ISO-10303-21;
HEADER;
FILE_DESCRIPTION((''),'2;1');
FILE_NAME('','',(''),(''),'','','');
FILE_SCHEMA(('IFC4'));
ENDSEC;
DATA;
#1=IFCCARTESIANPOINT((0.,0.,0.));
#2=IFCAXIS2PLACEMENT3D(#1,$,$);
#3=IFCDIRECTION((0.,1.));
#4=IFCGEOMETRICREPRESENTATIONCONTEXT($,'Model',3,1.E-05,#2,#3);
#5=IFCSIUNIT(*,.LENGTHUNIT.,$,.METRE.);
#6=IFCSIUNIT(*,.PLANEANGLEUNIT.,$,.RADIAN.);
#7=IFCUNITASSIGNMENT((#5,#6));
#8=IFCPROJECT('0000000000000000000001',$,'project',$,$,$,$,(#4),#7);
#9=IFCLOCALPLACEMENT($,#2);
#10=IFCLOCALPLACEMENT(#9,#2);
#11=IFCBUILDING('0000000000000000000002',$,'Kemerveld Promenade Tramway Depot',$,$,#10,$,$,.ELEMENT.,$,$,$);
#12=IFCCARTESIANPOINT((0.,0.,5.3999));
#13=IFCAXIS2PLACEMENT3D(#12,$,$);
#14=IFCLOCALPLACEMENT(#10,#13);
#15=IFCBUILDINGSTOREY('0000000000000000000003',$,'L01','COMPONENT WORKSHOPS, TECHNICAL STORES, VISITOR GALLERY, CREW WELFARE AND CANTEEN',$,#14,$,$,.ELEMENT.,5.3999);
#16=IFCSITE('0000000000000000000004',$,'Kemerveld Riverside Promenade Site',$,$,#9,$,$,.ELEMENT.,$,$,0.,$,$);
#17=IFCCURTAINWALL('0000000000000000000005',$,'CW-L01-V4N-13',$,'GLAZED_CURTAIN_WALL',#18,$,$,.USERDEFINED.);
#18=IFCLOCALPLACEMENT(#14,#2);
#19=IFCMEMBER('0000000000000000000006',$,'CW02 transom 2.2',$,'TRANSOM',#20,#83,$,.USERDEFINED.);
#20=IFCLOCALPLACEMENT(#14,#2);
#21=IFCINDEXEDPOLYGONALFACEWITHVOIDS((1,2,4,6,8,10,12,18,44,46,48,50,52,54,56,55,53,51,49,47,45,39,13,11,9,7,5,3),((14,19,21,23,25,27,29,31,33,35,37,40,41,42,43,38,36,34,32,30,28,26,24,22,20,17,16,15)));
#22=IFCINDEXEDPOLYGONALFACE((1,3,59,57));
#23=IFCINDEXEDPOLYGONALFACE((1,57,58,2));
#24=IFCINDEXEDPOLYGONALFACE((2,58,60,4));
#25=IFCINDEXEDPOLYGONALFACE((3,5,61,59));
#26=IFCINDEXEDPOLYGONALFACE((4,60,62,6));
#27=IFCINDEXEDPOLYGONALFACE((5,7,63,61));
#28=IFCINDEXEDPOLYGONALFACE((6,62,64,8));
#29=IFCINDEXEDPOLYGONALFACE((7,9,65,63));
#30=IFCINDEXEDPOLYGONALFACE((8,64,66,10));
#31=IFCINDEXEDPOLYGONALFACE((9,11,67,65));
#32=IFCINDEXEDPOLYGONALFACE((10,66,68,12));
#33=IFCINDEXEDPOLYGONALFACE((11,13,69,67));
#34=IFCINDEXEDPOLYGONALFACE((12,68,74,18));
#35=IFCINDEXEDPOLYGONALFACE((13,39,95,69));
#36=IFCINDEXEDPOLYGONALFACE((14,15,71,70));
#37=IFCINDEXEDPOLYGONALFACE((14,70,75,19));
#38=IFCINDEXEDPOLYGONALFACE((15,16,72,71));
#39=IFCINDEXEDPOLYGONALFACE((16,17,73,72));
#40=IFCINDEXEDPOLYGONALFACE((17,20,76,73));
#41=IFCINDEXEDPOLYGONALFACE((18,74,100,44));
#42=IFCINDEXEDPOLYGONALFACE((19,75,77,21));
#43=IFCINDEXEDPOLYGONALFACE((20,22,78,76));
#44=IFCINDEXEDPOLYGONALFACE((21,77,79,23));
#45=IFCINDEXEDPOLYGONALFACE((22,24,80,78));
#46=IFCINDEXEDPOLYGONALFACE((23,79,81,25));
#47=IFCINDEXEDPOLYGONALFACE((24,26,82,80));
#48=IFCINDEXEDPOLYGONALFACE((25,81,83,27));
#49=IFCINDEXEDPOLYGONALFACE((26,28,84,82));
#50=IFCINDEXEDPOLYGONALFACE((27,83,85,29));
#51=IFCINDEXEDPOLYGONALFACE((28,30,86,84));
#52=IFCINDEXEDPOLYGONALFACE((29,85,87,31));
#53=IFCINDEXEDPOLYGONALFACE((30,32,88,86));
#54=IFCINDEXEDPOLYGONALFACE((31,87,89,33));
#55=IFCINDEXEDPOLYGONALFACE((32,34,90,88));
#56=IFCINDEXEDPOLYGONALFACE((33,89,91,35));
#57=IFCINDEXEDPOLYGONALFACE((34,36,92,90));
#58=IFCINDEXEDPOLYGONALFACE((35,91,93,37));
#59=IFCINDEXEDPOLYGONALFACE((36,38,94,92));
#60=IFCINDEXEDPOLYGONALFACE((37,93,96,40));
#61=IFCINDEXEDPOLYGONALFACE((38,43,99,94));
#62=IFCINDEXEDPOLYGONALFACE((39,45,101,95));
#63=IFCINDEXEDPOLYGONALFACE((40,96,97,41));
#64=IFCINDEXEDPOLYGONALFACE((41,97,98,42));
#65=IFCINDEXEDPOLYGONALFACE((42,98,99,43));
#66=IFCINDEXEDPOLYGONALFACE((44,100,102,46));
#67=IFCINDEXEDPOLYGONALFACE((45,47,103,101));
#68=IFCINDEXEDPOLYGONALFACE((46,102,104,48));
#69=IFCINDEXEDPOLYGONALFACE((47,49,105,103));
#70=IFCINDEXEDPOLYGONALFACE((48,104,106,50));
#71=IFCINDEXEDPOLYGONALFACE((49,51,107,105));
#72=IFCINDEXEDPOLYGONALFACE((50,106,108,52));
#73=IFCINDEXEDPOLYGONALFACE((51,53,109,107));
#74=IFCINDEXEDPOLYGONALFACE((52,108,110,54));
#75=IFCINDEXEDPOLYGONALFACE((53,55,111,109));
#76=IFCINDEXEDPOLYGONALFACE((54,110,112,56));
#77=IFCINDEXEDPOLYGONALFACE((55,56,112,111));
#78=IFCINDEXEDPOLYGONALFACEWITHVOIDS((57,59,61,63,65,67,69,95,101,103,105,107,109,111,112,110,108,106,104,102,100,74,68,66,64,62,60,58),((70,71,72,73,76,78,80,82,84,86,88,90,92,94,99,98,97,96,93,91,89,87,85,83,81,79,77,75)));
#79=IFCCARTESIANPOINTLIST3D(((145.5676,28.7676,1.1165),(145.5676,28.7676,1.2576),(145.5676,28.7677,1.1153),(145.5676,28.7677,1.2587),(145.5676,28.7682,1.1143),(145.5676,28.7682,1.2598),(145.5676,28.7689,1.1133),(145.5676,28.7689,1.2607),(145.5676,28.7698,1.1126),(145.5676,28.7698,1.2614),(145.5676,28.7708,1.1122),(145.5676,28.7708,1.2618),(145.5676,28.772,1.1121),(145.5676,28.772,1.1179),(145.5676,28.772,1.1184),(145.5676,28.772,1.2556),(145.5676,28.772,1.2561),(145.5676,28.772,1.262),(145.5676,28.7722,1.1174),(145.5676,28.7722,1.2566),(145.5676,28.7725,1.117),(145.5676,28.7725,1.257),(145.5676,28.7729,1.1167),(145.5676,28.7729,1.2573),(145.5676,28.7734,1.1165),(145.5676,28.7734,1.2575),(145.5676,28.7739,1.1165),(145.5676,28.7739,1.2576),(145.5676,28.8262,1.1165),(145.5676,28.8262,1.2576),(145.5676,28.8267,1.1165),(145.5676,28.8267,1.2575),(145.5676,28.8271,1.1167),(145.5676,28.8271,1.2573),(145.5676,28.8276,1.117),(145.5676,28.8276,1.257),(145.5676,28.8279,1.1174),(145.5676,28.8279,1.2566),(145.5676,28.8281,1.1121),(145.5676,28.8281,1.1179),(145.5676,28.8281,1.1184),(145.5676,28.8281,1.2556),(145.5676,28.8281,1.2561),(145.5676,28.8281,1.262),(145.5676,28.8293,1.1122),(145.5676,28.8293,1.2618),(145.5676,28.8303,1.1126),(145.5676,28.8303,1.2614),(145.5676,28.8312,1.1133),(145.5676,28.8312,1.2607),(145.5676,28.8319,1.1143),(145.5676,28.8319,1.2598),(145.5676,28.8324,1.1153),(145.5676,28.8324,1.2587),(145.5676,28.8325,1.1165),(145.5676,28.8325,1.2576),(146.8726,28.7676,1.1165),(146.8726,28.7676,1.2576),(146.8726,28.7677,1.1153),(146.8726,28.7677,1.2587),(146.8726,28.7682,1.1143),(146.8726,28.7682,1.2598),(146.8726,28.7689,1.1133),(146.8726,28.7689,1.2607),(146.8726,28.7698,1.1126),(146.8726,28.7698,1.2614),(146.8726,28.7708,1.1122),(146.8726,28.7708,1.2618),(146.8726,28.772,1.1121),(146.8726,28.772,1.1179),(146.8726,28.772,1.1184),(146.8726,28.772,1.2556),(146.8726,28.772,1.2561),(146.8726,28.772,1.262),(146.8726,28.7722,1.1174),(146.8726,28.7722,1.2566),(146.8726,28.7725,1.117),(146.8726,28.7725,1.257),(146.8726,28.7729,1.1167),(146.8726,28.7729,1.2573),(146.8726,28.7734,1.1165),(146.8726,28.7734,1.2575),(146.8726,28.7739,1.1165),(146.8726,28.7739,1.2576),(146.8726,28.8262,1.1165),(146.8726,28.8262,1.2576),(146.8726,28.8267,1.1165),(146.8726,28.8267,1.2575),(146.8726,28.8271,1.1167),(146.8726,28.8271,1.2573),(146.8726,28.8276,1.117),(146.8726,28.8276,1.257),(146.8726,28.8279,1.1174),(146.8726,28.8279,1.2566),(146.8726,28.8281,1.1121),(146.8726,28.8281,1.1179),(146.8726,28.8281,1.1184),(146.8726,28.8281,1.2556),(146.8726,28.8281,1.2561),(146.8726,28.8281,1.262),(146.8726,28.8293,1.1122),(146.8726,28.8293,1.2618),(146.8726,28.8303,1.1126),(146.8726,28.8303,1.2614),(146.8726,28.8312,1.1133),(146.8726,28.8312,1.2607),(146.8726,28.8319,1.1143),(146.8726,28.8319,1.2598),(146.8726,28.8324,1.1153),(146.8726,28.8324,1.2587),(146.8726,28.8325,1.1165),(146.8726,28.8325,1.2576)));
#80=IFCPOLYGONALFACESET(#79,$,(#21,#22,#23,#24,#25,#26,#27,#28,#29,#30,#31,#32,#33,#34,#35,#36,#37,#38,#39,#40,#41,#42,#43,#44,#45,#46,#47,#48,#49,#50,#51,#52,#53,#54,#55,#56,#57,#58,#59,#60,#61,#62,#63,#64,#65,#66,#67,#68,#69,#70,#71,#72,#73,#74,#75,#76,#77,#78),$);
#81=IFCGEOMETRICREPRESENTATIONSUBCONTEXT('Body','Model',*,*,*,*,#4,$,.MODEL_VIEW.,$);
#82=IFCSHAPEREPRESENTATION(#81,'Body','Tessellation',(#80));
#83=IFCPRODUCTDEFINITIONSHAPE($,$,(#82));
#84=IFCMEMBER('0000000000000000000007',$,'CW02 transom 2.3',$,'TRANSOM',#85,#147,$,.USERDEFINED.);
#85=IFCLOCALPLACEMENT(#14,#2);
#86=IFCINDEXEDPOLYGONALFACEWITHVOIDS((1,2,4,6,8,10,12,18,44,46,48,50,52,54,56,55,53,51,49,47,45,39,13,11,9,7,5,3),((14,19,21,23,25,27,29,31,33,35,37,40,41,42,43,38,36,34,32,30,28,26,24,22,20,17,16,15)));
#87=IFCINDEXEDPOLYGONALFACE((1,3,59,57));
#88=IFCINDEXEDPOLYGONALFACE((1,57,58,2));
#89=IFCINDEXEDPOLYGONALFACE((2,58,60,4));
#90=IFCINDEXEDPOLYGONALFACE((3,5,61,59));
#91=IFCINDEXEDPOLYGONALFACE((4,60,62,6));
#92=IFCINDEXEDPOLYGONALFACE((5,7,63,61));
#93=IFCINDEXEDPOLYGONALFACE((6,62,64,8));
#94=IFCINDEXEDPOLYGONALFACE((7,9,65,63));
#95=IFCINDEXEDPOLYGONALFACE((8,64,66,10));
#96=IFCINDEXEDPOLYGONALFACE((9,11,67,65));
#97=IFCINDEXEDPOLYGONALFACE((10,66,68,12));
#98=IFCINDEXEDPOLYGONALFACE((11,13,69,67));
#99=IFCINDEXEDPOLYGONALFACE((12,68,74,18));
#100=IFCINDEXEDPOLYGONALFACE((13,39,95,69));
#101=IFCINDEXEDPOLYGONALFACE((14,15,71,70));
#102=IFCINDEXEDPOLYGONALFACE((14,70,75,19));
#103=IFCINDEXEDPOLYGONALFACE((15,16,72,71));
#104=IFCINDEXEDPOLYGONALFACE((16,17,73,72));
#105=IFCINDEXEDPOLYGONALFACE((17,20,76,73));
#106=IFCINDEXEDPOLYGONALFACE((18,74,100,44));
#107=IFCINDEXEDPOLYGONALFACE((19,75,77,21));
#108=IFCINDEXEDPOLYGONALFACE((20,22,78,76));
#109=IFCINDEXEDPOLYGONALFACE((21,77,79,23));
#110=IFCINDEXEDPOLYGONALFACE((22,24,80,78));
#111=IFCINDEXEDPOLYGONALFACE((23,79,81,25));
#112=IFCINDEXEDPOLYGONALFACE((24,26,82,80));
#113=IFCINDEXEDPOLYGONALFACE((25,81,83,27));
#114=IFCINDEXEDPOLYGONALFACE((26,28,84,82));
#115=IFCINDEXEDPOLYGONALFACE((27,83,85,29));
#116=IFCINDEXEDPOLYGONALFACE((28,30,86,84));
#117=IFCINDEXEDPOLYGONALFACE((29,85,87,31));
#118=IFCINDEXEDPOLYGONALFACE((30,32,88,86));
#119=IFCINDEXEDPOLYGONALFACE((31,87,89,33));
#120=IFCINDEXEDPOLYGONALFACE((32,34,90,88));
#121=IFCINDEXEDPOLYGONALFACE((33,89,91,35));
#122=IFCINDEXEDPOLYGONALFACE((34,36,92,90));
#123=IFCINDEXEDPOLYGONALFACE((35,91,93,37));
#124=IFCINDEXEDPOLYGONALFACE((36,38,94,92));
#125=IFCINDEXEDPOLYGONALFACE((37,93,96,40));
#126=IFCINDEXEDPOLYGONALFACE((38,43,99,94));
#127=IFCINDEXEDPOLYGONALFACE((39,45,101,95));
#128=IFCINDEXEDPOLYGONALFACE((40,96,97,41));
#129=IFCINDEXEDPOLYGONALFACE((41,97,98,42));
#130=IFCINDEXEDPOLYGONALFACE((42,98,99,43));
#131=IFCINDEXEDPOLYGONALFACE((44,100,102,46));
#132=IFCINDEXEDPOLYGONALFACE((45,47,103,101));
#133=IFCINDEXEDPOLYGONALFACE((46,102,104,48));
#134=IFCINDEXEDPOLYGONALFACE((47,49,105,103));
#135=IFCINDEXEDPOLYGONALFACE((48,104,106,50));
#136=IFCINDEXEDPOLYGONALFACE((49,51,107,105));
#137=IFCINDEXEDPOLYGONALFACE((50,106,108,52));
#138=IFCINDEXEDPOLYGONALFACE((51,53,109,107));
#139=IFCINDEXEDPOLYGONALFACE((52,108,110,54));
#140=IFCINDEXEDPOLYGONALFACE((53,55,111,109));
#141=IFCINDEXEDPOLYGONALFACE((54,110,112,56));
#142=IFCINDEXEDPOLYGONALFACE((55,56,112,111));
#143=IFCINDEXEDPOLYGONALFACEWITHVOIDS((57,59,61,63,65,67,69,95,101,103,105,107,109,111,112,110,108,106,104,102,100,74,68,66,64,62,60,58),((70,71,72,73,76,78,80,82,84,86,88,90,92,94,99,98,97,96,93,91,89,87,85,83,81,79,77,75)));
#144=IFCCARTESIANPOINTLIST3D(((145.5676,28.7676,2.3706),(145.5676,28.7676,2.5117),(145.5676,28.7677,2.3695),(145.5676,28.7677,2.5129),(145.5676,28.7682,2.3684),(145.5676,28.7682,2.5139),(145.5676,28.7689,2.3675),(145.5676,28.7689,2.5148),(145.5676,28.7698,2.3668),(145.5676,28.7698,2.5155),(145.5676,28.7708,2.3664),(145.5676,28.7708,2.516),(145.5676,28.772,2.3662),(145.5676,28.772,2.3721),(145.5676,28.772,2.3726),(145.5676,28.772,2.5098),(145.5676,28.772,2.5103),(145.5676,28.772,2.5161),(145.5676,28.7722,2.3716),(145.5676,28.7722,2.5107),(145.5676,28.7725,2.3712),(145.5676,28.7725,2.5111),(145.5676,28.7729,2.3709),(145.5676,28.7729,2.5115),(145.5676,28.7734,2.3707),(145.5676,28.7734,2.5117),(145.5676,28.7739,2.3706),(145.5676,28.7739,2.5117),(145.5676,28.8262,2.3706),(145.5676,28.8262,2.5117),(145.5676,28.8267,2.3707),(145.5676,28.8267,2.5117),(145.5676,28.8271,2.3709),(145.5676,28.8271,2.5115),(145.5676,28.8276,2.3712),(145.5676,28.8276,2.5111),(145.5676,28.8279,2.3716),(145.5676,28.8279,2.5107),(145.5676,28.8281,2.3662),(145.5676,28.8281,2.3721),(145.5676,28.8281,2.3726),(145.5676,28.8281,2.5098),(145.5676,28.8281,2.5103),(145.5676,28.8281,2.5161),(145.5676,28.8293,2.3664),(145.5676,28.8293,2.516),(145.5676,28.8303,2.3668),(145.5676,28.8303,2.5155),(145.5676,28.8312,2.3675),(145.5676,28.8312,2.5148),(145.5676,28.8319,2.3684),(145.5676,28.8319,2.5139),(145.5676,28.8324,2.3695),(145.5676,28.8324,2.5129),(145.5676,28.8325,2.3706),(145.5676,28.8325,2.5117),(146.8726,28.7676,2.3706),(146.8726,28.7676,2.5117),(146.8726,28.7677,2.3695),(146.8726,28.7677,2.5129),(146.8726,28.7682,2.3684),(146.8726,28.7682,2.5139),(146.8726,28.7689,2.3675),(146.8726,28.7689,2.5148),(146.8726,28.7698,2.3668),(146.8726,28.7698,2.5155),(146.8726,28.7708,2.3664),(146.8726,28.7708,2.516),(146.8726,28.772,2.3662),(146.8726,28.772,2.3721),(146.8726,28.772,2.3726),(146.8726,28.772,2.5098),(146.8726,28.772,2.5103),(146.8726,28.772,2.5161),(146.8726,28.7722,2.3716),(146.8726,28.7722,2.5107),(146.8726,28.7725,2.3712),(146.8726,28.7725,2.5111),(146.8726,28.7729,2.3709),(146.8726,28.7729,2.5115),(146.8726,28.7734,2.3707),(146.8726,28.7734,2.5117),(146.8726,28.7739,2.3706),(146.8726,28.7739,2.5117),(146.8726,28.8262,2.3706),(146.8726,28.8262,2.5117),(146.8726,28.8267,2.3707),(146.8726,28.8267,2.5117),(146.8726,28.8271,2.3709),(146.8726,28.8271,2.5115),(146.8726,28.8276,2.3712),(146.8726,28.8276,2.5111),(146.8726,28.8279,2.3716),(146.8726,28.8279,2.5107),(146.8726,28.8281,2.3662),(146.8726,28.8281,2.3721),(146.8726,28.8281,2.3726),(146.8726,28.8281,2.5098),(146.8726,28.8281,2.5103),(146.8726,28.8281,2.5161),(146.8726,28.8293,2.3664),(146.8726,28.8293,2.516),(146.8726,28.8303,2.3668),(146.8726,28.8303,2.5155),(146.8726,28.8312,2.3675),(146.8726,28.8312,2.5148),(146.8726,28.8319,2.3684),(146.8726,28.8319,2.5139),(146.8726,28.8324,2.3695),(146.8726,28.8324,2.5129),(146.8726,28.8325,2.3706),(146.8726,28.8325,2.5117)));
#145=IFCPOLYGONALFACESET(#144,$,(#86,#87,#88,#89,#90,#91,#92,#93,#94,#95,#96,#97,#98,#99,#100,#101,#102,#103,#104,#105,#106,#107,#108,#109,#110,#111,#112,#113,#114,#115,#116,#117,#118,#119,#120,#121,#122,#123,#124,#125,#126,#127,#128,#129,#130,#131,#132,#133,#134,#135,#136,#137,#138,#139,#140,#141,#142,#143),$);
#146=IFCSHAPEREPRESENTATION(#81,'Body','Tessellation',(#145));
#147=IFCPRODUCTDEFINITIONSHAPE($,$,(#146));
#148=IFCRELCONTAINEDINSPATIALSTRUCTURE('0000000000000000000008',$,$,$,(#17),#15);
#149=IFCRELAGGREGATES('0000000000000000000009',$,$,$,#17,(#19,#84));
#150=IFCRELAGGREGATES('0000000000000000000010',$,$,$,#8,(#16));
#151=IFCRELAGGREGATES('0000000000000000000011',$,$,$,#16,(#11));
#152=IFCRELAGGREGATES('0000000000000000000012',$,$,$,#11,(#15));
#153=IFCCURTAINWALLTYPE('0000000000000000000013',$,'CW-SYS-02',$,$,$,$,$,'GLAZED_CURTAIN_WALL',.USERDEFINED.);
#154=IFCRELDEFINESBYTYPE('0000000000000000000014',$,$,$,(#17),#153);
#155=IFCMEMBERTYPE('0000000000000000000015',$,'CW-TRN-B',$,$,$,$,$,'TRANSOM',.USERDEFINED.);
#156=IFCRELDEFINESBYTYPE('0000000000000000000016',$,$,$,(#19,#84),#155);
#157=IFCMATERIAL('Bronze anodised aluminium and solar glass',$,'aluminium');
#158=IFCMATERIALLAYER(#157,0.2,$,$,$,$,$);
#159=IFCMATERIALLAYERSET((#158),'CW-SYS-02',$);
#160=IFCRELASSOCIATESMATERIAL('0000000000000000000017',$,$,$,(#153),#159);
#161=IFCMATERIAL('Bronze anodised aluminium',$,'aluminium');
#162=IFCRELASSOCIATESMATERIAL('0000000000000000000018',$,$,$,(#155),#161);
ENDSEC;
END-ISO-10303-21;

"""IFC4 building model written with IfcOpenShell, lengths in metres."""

from ifc_helpers import new_model, si_unit, direction, frame, origin, origin_2d, place, context, subcontext, project, spatial, hollow_rectangle, extrude, material, layer, layer_set, material_profile, profile_set, type_object, element, aggregate, save


model = new_model("IFC4")

# Units and contexts
model_context = context("Model", 3, precision=1e-05, world=origin(), true_north=direction((0.0, 1.0)))
body_context = subcontext(model_context, "Body", "Model", "MODEL_VIEW")
ifc_project = project(units=[si_unit("LENGTHUNIT", "METRE"), si_unit("PLANEANGLEUNIT", "RADIAN")], contexts=[model_context])

# Site, building, storey
site_placement = place(None, origin())
site = spatial("IfcSite", under=ifc_project, at=site_placement, Name="Kemerveld Riverside Promenade Site", CompositionType="ELEMENT", RefElevation=0.0)
building_placement = place(site_placement, origin())
building = spatial("IfcBuilding", under=site, at=building_placement, Name="Kemerveld Promenade Tramway Depot", CompositionType="ELEMENT")
storey_placement = place(building_placement, frame((0.0, 0.0, 5.3999)))
storey = spatial("IfcBuildingStorey", under=building, at=storey_placement, Name="L01", Description="COMPONENT WORKSHOPS, TECHNICAL STORES, VISITOR GALLERY, CREW WELFARE AND CANTEEN", CompositionType="ELEMENT", Elevation=5.3999)

# Shared definitions
ifc_material_1 = material(Name="Bronze anodised aluminium and solar glass", Category="aluminium")
ifc_material_2 = material(Name="Bronze anodised aluminium", Category="aluminium")

# Curtain wall
ifc_layer_1 = layer(ifc_material_1, 0.2)
ifc_layer_set_1 = layer_set([ifc_layer_1], Name="CW-SYS-02")
curtain_wall_type_1 = type_object("IfcCurtainWallType", Name="CW-SYS-02", ElementType="GLAZED_CURTAIN_WALL", PredefinedType="USERDEFINED", material=ifc_layer_set_1)
curtain_wall_1_placement = place(storey_placement, origin())
curtain_wall_1 = element("IfcCurtainWall", 1, at=curtain_wall_1_placement, inside=storey, type_object=curtain_wall_type_1, Name="CW-L01-V4N-13", ObjectType="GLAZED_CURTAIN_WALL", PredefinedType="USERDEFINED")

# Members
ifc_material_profile_1 = material_profile(ifc_material_2, hollow_rectangle(XDim=0.0649, YDim=0.1499, WallThickness=0.0044, InnerFilletRadius=0.002, OuterFilletRadius=0.0044, at=origin_2d()), Name="CW-TRN-150x65")
ifc_profile_set_1 = profile_set([ifc_material_profile_1], Name="Bronze anodised aluminium")
member_type_1 = type_object("IfcMemberType", Name="CW-TRN-B", ElementType="TRANSOM", PredefinedType="USERDEFINED", material=ifc_profile_set_1)
member_1_placement = place(storey_placement, frame((145.5676, 28.8, 1.187), z_axis=(1.0, 0.0, 0.0), x_axis=(0.0, 1.0, 0.0)))
member_1 = element("IfcMember", 2, at=member_1_placement, type_object=member_type_1, Name="CW02 transom 2.2", ObjectType="TRANSOM", PredefinedType="USERDEFINED", context=body_context, shape_type="SweptSolid", body=[
    extrude(hollow_rectangle(XDim=0.0649, YDim=0.1499, WallThickness=0.0044, InnerFilletRadius=0.002, OuterFilletRadius=0.0044, at=origin_2d()), origin(), (0.0, 0.0, 1.0), 1.3049),
])
member_2_placement = place(storey_placement, frame((145.5676, 28.8, 2.4412), z_axis=(1.0, 0.0, 0.0), x_axis=(0.0, 1.0, 0.0)))
member_2 = element("IfcMember", 3, at=member_2_placement, type_object=member_type_1, Name="CW02 transom 2.3", ObjectType="TRANSOM", PredefinedType="USERDEFINED", context=body_context, shape_type="SweptSolid", body=[
    extrude(hollow_rectangle(XDim=0.0649, YDim=0.1499, WallThickness=0.0044, InnerFilletRadius=0.002, OuterFilletRadius=0.0044, at=origin_2d()), origin(), (0.0, 0.0, 1.0), 1.3049),
])

aggregate(curtain_wall_1, [member_1, member_2])

save(model, "model.ifc")
